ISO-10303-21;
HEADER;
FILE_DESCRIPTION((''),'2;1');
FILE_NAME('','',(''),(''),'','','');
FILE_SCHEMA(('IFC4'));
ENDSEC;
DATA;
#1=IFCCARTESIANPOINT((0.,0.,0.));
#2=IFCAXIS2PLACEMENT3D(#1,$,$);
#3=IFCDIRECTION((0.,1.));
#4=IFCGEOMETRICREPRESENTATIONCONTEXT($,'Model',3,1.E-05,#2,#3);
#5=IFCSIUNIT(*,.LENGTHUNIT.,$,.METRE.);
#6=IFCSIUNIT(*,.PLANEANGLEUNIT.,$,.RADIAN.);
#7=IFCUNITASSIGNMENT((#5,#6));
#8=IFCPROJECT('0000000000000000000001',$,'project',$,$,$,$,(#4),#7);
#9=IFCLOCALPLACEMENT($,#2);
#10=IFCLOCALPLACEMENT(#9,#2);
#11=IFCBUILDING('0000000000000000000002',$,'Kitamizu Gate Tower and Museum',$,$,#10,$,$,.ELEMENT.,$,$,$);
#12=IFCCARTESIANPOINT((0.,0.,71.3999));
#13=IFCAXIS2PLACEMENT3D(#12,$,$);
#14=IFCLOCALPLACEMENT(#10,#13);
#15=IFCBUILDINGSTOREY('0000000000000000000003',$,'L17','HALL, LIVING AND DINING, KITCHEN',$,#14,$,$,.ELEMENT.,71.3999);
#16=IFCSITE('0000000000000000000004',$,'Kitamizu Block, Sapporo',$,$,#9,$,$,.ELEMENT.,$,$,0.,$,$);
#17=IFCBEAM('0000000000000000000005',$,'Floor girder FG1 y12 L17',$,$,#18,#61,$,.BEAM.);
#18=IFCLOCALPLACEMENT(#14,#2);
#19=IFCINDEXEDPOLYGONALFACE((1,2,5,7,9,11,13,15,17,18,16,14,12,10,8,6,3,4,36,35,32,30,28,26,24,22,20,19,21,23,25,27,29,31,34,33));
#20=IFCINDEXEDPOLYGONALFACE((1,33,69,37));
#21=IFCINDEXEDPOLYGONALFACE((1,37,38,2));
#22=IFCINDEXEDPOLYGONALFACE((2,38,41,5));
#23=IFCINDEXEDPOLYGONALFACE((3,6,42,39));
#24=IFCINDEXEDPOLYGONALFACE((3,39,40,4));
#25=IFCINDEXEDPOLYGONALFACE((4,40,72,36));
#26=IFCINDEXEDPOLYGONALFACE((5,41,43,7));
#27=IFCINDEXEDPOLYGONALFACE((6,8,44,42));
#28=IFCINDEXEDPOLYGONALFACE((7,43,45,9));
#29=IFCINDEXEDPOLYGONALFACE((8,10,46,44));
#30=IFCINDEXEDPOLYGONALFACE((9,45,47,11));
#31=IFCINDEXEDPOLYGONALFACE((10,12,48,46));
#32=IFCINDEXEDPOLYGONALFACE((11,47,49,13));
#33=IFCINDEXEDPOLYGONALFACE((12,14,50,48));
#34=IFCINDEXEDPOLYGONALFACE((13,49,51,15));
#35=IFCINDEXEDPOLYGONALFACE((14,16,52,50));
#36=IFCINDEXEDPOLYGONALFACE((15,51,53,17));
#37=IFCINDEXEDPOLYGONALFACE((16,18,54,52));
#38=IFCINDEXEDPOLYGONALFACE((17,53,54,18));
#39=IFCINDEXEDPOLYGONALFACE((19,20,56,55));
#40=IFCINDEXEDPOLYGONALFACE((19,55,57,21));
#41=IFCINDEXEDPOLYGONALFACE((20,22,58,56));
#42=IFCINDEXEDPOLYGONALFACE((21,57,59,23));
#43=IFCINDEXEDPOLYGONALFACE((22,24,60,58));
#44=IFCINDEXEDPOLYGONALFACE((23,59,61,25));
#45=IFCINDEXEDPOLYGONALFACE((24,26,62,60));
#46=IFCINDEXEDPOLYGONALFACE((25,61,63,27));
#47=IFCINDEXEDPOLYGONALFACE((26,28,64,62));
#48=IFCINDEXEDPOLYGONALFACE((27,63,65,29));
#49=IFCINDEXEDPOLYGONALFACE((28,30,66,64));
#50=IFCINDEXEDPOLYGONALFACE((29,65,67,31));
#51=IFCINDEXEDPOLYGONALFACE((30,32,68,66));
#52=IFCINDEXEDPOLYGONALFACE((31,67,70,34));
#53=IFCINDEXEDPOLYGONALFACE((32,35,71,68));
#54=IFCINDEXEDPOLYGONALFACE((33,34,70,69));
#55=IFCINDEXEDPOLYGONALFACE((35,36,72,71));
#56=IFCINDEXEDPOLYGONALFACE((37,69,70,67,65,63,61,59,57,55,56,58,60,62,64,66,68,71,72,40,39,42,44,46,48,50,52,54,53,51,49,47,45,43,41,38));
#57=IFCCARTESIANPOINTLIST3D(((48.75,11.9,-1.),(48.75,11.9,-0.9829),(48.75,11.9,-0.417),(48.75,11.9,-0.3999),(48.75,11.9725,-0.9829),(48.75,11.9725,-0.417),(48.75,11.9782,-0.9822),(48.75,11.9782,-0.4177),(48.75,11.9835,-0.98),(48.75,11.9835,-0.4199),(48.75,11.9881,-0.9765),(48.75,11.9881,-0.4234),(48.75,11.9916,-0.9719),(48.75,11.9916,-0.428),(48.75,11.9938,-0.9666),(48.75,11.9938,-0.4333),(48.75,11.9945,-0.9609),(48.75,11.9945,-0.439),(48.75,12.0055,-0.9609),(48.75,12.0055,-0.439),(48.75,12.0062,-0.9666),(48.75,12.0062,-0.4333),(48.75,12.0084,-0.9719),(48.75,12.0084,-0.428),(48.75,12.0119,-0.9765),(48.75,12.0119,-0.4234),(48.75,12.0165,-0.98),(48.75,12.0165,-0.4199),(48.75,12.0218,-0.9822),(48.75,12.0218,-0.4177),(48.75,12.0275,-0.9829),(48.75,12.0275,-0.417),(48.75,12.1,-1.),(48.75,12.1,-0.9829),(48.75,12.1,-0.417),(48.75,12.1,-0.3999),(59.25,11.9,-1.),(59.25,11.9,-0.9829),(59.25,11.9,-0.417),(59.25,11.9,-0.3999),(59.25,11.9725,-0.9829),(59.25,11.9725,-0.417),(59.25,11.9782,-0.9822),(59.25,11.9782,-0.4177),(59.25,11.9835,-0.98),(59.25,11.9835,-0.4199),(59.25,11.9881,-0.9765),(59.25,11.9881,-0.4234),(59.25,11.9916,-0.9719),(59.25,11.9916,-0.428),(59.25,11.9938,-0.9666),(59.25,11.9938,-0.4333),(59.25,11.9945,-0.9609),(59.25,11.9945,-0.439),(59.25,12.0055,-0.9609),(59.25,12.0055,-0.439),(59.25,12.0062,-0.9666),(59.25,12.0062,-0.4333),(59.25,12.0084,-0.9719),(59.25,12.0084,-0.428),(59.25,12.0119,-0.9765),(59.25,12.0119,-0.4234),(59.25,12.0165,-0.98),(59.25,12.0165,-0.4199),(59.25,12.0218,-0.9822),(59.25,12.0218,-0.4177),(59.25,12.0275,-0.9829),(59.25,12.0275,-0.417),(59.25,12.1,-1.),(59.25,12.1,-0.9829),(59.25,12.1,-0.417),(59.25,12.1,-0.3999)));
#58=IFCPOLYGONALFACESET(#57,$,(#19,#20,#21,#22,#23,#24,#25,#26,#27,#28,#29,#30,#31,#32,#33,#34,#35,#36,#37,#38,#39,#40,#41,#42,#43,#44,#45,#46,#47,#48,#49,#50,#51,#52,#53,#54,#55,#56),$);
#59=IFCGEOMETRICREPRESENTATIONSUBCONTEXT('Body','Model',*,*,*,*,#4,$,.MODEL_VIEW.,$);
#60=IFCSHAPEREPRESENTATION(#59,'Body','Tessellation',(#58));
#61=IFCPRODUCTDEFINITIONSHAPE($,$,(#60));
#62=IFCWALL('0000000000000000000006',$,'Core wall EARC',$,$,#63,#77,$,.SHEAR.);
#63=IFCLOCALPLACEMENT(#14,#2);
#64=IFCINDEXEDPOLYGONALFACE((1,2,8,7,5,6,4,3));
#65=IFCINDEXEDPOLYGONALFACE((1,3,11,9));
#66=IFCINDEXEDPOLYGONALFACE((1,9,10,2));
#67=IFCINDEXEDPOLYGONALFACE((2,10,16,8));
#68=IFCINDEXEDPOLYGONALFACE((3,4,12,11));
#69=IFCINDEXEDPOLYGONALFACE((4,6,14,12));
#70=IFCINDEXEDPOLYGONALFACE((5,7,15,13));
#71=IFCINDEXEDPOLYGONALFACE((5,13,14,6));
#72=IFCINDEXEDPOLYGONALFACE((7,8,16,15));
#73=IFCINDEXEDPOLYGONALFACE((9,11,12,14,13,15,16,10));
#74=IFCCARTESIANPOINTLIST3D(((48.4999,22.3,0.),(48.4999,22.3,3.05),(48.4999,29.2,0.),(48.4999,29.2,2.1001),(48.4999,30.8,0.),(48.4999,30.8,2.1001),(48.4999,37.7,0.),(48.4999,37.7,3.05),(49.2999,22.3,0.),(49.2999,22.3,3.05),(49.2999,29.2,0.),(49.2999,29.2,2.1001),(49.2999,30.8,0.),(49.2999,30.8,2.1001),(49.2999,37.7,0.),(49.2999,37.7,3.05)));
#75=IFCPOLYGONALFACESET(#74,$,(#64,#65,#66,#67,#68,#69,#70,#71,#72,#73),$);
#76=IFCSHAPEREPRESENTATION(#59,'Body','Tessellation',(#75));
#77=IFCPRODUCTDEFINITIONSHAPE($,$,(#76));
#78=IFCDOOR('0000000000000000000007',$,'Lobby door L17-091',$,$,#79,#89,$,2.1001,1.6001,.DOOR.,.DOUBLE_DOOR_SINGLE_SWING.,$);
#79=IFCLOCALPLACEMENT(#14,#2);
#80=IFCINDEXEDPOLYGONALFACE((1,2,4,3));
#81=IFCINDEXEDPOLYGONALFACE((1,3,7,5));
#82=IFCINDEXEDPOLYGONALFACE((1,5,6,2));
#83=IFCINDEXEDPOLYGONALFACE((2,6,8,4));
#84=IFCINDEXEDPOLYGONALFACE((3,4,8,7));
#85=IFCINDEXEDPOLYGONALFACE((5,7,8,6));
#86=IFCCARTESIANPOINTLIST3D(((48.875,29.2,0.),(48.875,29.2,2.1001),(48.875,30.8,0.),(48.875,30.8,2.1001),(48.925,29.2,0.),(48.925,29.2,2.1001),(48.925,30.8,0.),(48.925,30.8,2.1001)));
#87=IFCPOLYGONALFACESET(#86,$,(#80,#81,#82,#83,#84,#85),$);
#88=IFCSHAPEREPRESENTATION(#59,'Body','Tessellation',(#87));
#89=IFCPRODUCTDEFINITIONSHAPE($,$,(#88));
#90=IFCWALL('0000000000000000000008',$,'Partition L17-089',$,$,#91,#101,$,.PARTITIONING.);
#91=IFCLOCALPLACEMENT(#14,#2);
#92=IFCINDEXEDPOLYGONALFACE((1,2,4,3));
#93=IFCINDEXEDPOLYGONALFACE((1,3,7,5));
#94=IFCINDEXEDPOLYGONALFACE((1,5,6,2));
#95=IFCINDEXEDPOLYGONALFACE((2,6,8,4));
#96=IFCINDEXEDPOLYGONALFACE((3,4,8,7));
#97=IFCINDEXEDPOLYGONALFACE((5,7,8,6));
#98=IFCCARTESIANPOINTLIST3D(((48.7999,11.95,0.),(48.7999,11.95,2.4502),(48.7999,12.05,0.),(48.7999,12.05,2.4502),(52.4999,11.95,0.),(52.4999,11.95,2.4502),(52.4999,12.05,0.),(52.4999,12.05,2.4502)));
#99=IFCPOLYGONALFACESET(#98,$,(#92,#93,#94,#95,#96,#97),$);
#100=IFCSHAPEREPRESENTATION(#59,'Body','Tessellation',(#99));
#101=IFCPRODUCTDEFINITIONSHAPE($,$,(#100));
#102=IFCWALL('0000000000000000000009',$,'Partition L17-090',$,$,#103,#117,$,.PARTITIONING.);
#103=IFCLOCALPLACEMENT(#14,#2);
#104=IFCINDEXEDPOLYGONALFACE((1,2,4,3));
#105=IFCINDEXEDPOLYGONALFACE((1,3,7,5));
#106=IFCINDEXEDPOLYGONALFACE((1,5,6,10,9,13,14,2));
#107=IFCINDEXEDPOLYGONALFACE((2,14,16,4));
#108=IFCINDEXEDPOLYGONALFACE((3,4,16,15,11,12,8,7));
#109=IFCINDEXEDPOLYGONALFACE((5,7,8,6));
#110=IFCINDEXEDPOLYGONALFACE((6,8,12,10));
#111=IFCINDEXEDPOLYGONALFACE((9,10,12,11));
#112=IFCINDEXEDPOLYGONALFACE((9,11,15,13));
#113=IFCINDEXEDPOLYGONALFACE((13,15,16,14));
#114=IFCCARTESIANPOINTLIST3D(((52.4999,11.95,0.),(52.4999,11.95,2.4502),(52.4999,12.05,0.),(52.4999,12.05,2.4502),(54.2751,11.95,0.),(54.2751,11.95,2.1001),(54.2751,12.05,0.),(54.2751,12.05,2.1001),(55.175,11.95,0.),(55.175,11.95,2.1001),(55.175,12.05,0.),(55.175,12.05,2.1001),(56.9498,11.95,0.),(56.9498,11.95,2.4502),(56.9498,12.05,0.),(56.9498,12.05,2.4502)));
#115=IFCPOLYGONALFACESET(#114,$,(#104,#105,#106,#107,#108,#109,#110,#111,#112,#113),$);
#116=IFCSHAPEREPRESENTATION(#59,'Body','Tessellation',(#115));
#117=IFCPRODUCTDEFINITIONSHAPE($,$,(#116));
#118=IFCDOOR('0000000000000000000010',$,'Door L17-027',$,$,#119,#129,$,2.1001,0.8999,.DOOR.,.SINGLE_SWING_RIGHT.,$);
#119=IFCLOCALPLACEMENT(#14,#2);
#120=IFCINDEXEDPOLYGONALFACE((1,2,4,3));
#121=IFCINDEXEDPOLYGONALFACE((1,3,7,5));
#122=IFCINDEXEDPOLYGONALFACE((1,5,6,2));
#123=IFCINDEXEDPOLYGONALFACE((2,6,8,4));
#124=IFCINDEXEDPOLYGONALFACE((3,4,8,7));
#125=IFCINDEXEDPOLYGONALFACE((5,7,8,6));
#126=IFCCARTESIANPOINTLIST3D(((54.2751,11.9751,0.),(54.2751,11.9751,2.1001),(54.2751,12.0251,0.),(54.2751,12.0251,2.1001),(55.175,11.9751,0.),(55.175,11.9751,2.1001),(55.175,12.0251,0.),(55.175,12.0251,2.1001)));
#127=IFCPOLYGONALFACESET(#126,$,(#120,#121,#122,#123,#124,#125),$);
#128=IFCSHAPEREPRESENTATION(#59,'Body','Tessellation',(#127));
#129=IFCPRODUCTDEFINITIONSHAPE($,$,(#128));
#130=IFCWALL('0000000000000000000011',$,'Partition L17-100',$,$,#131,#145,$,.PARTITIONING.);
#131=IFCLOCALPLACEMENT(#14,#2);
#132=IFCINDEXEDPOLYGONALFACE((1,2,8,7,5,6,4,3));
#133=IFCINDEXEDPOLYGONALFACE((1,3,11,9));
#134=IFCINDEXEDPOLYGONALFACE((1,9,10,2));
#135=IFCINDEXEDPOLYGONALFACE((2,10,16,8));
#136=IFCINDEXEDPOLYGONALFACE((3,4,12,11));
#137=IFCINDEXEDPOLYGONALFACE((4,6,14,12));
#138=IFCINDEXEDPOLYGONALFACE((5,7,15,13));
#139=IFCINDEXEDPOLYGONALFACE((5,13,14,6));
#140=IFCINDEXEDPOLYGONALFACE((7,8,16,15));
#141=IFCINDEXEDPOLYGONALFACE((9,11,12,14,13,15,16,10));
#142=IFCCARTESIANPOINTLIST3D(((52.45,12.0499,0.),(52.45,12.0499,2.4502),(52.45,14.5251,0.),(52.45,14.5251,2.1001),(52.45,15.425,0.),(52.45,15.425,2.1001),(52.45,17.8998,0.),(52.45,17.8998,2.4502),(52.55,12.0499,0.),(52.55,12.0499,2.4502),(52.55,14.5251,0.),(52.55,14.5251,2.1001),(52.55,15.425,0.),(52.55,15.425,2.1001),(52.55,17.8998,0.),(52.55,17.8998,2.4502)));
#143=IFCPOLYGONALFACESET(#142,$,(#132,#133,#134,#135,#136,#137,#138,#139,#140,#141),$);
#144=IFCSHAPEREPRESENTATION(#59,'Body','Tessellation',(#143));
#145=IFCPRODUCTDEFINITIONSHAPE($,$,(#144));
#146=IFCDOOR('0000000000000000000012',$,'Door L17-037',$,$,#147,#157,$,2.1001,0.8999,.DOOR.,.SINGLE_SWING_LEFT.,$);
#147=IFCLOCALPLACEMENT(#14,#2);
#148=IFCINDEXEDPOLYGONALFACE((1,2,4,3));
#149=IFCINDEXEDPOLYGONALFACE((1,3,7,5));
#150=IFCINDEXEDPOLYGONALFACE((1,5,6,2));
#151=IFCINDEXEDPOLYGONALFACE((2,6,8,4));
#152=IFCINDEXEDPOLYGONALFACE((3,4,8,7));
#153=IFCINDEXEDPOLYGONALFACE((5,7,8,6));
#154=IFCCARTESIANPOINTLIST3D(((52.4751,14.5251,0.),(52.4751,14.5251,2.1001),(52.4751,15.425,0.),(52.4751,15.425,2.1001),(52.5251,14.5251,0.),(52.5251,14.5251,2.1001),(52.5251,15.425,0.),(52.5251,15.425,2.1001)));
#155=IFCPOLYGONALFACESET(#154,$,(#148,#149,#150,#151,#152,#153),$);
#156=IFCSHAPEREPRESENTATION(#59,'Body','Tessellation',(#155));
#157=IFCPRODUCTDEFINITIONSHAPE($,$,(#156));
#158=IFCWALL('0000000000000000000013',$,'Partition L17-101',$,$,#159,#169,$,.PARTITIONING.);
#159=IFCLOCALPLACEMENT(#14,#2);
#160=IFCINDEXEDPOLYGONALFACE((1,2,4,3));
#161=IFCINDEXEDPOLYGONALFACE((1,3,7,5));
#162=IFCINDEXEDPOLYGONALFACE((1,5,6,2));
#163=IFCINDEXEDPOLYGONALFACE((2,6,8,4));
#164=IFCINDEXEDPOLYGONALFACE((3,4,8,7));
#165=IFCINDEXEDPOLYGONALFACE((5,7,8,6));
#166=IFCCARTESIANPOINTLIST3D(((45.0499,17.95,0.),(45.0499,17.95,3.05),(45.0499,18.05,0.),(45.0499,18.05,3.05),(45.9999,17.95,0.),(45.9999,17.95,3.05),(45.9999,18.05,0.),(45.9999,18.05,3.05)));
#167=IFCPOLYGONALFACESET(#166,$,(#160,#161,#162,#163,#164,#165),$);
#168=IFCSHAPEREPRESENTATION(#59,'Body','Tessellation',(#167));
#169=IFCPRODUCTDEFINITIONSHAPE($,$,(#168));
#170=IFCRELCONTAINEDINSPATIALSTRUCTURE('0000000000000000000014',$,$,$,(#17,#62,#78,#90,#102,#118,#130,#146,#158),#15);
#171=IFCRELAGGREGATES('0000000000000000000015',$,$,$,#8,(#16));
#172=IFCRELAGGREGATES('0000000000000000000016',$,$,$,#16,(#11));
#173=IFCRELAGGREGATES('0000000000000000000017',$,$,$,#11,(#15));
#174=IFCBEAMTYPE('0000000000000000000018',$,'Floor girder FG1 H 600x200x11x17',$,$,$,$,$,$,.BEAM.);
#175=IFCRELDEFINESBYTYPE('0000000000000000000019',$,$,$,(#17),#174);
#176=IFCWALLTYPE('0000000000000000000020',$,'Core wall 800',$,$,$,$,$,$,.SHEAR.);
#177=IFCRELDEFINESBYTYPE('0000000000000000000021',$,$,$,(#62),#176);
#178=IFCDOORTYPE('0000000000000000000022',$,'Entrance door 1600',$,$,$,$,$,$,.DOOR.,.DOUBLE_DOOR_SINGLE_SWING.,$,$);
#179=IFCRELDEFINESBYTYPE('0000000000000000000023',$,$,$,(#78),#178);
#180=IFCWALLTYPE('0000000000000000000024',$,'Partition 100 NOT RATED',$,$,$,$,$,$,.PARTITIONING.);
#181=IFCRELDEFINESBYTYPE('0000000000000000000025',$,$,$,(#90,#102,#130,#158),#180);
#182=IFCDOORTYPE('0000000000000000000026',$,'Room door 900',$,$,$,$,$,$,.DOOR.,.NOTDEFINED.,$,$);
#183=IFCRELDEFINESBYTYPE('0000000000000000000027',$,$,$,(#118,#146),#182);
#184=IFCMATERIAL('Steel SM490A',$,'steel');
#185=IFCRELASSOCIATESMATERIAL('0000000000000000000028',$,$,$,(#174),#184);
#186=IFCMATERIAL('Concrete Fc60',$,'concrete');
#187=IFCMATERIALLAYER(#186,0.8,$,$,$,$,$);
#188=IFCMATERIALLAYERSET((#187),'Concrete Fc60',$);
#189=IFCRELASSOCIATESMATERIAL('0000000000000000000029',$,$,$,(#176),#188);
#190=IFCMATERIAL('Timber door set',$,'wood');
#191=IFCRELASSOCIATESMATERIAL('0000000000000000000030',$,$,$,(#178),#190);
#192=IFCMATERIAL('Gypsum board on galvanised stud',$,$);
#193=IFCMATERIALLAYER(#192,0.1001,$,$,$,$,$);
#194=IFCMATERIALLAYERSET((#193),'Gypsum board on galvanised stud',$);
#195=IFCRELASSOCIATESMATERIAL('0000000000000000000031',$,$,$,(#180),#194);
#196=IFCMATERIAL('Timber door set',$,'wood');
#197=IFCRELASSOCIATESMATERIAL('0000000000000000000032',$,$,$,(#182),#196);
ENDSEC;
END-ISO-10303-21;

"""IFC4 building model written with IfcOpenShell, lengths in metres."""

from ifc_helpers import new_model, si_unit, direction, frame, frame_2d, origin, origin_2d, place, context, subcontext, project, spatial, rectangle, i_section, extrude, material, layer, layer_set, material_profile, profile_set, type_object, element, fill, save


model = new_model("IFC4")

# Units and contexts
model_context = context("Model", 3, precision=1e-05, world=origin(), true_north=direction((0.0, 1.0)))
body_context = subcontext(model_context, "Body", "Model", "MODEL_VIEW")
ifc_project = project(units=[si_unit("LENGTHUNIT", "METRE"), si_unit("PLANEANGLEUNIT", "RADIAN")], contexts=[model_context])

# Site, building, storey
site_placement = place(None, origin())
site = spatial("IfcSite", under=ifc_project, at=site_placement, Name="Kitamizu Block, Sapporo", CompositionType="ELEMENT", RefElevation=0.0)
building_placement = place(site_placement, origin())
building = spatial("IfcBuilding", under=site, at=building_placement, Name="Kitamizu Gate Tower and Museum", CompositionType="ELEMENT")
storey_placement = place(building_placement, frame((0.0, 0.0, 71.3999)))
storey = spatial("IfcBuildingStorey", under=building, at=storey_placement, Name="L17", Description="HALL, LIVING AND DINING, KITCHEN", CompositionType="ELEMENT", Elevation=71.3999)

# Beam
ifc_material_1 = material(Name="Steel SM490A", Category="steel")
ifc_material_profile = material_profile(ifc_material_1, i_section(OverallWidth=0.2, OverallDepth=0.6001, WebThickness=0.011, FlangeThickness=0.0171, FilletRadius=0.022, at=origin_2d()), Name="H-600x200x11x17")
ifc_profile_set = profile_set([ifc_material_profile], Name="Steel SM490A")
beam_type = type_object("IfcBeamType", Name="Floor girder FG1 H 600x200x11x17", PredefinedType="BEAM", material=ifc_profile_set)
beam_placement = place(storey_placement, frame((48.75, 12.0, -0.7), z_axis=(1.0, 0.0, 0.0), x_axis=(0.0, 1.0, 0.0)))
element("IfcBeam", 1, at=beam_placement, inside=storey, type_object=beam_type, Name="Floor girder FG1 y12 L17", PredefinedType="BEAM", context=body_context, shape_type="SweptSolid", body=[
    extrude(i_section(OverallWidth=0.2, OverallDepth=0.6001, WebThickness=0.011, FlangeThickness=0.0171, FilletRadius=0.022, at=origin_2d()), origin(), (0.0, 0.0, 1.0), 10.5),
])

# Wall, opening, door
ifc_material_2 = material(Name="Concrete Fc60", Category="concrete")
ifc_layer_1 = layer(ifc_material_2, 0.8)
ifc_layer_set_1 = layer_set([ifc_layer_1], Name="Concrete Fc60")
wall_type_1 = type_object("IfcWallType", Name="Core wall 800", PredefinedType="SHEAR", material=ifc_layer_set_1)
wall_1_placement = place(storey_placement, frame((48.8999, 22.3, 0.0), z_axis=(0.0, 0.0, 1.0), x_axis=(0.0, 1.0, 0.0)))
wall_1 = element("IfcWall", 2, at=wall_1_placement, inside=storey, type_object=wall_type_1, Name="Core wall EARC", PredefinedType="SHEAR", context=body_context, shape_type="SweptSolid", body=[
    extrude(rectangle(XDim=15.3999, YDim=0.8, at=frame_2d((7.7, 0.0))), origin(), (0.0, 0.0, 1.0), 3.05),
])
opening_1_placement = place(wall_1_placement, frame((6.8999, 0.0, 0.0)))
opening_1 = element("IfcOpeningElement", 3, at=opening_1_placement, cuts=wall_1, PredefinedType="OPENING", context=body_context, shape_type="SweptSolid", body=[
    extrude(rectangle(XDim=1.6001, YDim=2.1001, at=frame_2d((0.8, 1.05))), frame((0.0, 0.4102, 0.0), z_axis=(0.0, -1.0, 0.0), x_axis=(1.0, 0.0, 0.0)), (0.0, 0.0, 1.0), 0.8201),
])
ifc_material_3 = material(Name="Timber door set", Category="wood")
door_type_1 = type_object("IfcDoorType", Name="Entrance door 1600", OperationType="DOUBLE_DOOR_SINGLE_SWING", PredefinedType="DOOR", material=ifc_material_3)
door_1_placement = place(opening_1_placement, origin())
door_1 = element("IfcDoor", 4, at=door_1_placement, inside=storey, type_object=door_type_1, Name="Lobby door L17-091", OperationType="DOUBLE_DOOR_SINGLE_SWING", OverallHeight=2.1001, OverallWidth=1.6001, PredefinedType="DOOR", context=body_context, shape_type="SweptSolid", body=[
    extrude(rectangle(XDim=1.6001, YDim=2.1001, at=frame_2d((0.8, 1.05))), frame((0.0, 0.0249, 0.0), z_axis=(0.0, -1.0, 0.0), x_axis=(1.0, 0.0, 0.0)), (0.0, 0.0, 1.0), 0.05),
])
fill(opening_1, door_1)

# Wall
ifc_material_4 = material(Name="Gypsum board on galvanised stud")
ifc_layer_2 = layer(ifc_material_4, 0.1001)
ifc_layer_set_2 = layer_set([ifc_layer_2], Name="Gypsum board on galvanised stud")
wall_type_2 = type_object("IfcWallType", Name="Partition 100 NOT RATED", PredefinedType="PARTITIONING", material=ifc_layer_set_2)
wall_2_placement = place(storey_placement, frame((52.5, 12.0, 0.0), z_axis=(0.0, 0.0, 1.0), x_axis=(-1.0, 0.0, 0.0)))
element("IfcWall", 5, at=wall_2_placement, inside=storey, type_object=wall_type_2, Name="Partition L17-089", PredefinedType="PARTITIONING", context=body_context, shape_type="SweptSolid", body=[
    extrude(rectangle(XDim=3.7, YDim=0.1001, at=frame_2d((1.8501, 0.0))), origin(), (0.0, 0.0, 1.0), 2.4502),
])

# Walls, openings, doors
wall_3_placement = place(storey_placement, frame((56.95, 12.0, 0.0), z_axis=(0.0, 0.0, 1.0), x_axis=(-1.0, 0.0, 0.0)))
wall_3 = element("IfcWall", 6, at=wall_3_placement, inside=storey, type_object=wall_type_2, Name="Partition L17-090", PredefinedType="PARTITIONING", context=body_context, shape_type="SweptSolid", body=[
    extrude(rectangle(XDim=4.45, YDim=0.1001, at=frame_2d((2.2251, 0.0))), origin(), (0.0, 0.0, 1.0), 2.4502),
])
opening_2_placement = place(wall_3_placement, frame((1.7749, 0.0, 0.0)))
opening_2 = element("IfcOpeningElement", 7, at=opening_2_placement, cuts=wall_3, PredefinedType="OPENING", context=body_context, shape_type="SweptSolid", body=[
    extrude(rectangle(XDim=0.8999, YDim=2.1001, at=frame_2d((0.45, 1.05))), frame((0.0, 0.0601, 0.0), z_axis=(0.0, -1.0, 0.0), x_axis=(1.0, 0.0, 0.0)), (0.0, 0.0, 1.0), 0.1201),
])
ifc_material_5 = material(Name="Timber door set", Category="wood")
door_type_2 = type_object("IfcDoorType", Name="Room door 900", OperationType="NOTDEFINED", PredefinedType="DOOR", material=ifc_material_5)
door_2_placement = place(opening_2_placement, origin())
door_2 = element("IfcDoor", 8, at=door_2_placement, inside=storey, type_object=door_type_2, Name="Door L17-027", OperationType="SINGLE_SWING_RIGHT", OverallHeight=2.1001, OverallWidth=0.8999, PredefinedType="DOOR", context=body_context, shape_type="SweptSolid", body=[
    extrude(rectangle(XDim=0.8999, YDim=2.1001, at=frame_2d((0.45, 1.05))), frame((0.0, 0.0249, 0.0), z_axis=(0.0, -1.0, 0.0), x_axis=(1.0, 0.0, 0.0)), (0.0, 0.0, 1.0), 0.05),
])
fill(opening_2, door_2)
wall_4_placement = place(storey_placement, frame((52.5, 12.05, 0.0), z_axis=(0.0, 0.0, 1.0), x_axis=(0.0, 1.0, 0.0)))
wall_4 = element("IfcWall", 9, at=wall_4_placement, inside=storey, type_object=wall_type_2, Name="Partition L17-100", PredefinedType="PARTITIONING", context=body_context, shape_type="SweptSolid", body=[
    extrude(rectangle(XDim=5.8499, YDim=0.1001, at=frame_2d((2.9248, 0.0))), origin(), (0.0, 0.0, 1.0), 2.4502),
])
opening_3_placement = place(wall_4_placement, frame((2.4751, 0.0, 0.0)))
opening_3 = element("IfcOpeningElement", 10, at=opening_3_placement, cuts=wall_4, PredefinedType="OPENING", context=body_context, shape_type="SweptSolid", body=[
    extrude(rectangle(XDim=0.8999, YDim=2.1001, at=frame_2d((0.45, 1.05))), frame((0.0, 0.0601, 0.0), z_axis=(0.0, -1.0, 0.0), x_axis=(1.0, 0.0, 0.0)), (0.0, 0.0, 1.0), 0.1201),
])
door_3_placement = place(opening_3_placement, origin())
door_3 = element("IfcDoor", 11, at=door_3_placement, inside=storey, type_object=door_type_2, Name="Door L17-037", OperationType="SINGLE_SWING_LEFT", OverallHeight=2.1001, OverallWidth=0.8999, PredefinedType="DOOR", context=body_context, shape_type="SweptSolid", body=[
    extrude(rectangle(XDim=0.8999, YDim=2.1001, at=frame_2d((0.45, 1.05))), frame((0.0, 0.0249, 0.0), z_axis=(0.0, -1.0, 0.0), x_axis=(1.0, 0.0, 0.0)), (0.0, 0.0, 1.0), 0.05),
])
fill(opening_3, door_3)

# Wall
wall_5_placement = place(storey_placement, frame((46.0, 18.0, 0.0), z_axis=(0.0, 0.0, 1.0), x_axis=(-1.0, 0.0, 0.0)))
element("IfcWall", 12, at=wall_5_placement, inside=storey, type_object=wall_type_2, Name="Partition L17-101", PredefinedType="PARTITIONING", context=body_context, shape_type="SweptSolid", body=[
    extrude(rectangle(XDim=0.95, YDim=0.1001, at=frame_2d((0.4751, 0.0))), origin(), (0.0, 0.0, 1.0), 3.05),
])

save(model, "model.ifc")
